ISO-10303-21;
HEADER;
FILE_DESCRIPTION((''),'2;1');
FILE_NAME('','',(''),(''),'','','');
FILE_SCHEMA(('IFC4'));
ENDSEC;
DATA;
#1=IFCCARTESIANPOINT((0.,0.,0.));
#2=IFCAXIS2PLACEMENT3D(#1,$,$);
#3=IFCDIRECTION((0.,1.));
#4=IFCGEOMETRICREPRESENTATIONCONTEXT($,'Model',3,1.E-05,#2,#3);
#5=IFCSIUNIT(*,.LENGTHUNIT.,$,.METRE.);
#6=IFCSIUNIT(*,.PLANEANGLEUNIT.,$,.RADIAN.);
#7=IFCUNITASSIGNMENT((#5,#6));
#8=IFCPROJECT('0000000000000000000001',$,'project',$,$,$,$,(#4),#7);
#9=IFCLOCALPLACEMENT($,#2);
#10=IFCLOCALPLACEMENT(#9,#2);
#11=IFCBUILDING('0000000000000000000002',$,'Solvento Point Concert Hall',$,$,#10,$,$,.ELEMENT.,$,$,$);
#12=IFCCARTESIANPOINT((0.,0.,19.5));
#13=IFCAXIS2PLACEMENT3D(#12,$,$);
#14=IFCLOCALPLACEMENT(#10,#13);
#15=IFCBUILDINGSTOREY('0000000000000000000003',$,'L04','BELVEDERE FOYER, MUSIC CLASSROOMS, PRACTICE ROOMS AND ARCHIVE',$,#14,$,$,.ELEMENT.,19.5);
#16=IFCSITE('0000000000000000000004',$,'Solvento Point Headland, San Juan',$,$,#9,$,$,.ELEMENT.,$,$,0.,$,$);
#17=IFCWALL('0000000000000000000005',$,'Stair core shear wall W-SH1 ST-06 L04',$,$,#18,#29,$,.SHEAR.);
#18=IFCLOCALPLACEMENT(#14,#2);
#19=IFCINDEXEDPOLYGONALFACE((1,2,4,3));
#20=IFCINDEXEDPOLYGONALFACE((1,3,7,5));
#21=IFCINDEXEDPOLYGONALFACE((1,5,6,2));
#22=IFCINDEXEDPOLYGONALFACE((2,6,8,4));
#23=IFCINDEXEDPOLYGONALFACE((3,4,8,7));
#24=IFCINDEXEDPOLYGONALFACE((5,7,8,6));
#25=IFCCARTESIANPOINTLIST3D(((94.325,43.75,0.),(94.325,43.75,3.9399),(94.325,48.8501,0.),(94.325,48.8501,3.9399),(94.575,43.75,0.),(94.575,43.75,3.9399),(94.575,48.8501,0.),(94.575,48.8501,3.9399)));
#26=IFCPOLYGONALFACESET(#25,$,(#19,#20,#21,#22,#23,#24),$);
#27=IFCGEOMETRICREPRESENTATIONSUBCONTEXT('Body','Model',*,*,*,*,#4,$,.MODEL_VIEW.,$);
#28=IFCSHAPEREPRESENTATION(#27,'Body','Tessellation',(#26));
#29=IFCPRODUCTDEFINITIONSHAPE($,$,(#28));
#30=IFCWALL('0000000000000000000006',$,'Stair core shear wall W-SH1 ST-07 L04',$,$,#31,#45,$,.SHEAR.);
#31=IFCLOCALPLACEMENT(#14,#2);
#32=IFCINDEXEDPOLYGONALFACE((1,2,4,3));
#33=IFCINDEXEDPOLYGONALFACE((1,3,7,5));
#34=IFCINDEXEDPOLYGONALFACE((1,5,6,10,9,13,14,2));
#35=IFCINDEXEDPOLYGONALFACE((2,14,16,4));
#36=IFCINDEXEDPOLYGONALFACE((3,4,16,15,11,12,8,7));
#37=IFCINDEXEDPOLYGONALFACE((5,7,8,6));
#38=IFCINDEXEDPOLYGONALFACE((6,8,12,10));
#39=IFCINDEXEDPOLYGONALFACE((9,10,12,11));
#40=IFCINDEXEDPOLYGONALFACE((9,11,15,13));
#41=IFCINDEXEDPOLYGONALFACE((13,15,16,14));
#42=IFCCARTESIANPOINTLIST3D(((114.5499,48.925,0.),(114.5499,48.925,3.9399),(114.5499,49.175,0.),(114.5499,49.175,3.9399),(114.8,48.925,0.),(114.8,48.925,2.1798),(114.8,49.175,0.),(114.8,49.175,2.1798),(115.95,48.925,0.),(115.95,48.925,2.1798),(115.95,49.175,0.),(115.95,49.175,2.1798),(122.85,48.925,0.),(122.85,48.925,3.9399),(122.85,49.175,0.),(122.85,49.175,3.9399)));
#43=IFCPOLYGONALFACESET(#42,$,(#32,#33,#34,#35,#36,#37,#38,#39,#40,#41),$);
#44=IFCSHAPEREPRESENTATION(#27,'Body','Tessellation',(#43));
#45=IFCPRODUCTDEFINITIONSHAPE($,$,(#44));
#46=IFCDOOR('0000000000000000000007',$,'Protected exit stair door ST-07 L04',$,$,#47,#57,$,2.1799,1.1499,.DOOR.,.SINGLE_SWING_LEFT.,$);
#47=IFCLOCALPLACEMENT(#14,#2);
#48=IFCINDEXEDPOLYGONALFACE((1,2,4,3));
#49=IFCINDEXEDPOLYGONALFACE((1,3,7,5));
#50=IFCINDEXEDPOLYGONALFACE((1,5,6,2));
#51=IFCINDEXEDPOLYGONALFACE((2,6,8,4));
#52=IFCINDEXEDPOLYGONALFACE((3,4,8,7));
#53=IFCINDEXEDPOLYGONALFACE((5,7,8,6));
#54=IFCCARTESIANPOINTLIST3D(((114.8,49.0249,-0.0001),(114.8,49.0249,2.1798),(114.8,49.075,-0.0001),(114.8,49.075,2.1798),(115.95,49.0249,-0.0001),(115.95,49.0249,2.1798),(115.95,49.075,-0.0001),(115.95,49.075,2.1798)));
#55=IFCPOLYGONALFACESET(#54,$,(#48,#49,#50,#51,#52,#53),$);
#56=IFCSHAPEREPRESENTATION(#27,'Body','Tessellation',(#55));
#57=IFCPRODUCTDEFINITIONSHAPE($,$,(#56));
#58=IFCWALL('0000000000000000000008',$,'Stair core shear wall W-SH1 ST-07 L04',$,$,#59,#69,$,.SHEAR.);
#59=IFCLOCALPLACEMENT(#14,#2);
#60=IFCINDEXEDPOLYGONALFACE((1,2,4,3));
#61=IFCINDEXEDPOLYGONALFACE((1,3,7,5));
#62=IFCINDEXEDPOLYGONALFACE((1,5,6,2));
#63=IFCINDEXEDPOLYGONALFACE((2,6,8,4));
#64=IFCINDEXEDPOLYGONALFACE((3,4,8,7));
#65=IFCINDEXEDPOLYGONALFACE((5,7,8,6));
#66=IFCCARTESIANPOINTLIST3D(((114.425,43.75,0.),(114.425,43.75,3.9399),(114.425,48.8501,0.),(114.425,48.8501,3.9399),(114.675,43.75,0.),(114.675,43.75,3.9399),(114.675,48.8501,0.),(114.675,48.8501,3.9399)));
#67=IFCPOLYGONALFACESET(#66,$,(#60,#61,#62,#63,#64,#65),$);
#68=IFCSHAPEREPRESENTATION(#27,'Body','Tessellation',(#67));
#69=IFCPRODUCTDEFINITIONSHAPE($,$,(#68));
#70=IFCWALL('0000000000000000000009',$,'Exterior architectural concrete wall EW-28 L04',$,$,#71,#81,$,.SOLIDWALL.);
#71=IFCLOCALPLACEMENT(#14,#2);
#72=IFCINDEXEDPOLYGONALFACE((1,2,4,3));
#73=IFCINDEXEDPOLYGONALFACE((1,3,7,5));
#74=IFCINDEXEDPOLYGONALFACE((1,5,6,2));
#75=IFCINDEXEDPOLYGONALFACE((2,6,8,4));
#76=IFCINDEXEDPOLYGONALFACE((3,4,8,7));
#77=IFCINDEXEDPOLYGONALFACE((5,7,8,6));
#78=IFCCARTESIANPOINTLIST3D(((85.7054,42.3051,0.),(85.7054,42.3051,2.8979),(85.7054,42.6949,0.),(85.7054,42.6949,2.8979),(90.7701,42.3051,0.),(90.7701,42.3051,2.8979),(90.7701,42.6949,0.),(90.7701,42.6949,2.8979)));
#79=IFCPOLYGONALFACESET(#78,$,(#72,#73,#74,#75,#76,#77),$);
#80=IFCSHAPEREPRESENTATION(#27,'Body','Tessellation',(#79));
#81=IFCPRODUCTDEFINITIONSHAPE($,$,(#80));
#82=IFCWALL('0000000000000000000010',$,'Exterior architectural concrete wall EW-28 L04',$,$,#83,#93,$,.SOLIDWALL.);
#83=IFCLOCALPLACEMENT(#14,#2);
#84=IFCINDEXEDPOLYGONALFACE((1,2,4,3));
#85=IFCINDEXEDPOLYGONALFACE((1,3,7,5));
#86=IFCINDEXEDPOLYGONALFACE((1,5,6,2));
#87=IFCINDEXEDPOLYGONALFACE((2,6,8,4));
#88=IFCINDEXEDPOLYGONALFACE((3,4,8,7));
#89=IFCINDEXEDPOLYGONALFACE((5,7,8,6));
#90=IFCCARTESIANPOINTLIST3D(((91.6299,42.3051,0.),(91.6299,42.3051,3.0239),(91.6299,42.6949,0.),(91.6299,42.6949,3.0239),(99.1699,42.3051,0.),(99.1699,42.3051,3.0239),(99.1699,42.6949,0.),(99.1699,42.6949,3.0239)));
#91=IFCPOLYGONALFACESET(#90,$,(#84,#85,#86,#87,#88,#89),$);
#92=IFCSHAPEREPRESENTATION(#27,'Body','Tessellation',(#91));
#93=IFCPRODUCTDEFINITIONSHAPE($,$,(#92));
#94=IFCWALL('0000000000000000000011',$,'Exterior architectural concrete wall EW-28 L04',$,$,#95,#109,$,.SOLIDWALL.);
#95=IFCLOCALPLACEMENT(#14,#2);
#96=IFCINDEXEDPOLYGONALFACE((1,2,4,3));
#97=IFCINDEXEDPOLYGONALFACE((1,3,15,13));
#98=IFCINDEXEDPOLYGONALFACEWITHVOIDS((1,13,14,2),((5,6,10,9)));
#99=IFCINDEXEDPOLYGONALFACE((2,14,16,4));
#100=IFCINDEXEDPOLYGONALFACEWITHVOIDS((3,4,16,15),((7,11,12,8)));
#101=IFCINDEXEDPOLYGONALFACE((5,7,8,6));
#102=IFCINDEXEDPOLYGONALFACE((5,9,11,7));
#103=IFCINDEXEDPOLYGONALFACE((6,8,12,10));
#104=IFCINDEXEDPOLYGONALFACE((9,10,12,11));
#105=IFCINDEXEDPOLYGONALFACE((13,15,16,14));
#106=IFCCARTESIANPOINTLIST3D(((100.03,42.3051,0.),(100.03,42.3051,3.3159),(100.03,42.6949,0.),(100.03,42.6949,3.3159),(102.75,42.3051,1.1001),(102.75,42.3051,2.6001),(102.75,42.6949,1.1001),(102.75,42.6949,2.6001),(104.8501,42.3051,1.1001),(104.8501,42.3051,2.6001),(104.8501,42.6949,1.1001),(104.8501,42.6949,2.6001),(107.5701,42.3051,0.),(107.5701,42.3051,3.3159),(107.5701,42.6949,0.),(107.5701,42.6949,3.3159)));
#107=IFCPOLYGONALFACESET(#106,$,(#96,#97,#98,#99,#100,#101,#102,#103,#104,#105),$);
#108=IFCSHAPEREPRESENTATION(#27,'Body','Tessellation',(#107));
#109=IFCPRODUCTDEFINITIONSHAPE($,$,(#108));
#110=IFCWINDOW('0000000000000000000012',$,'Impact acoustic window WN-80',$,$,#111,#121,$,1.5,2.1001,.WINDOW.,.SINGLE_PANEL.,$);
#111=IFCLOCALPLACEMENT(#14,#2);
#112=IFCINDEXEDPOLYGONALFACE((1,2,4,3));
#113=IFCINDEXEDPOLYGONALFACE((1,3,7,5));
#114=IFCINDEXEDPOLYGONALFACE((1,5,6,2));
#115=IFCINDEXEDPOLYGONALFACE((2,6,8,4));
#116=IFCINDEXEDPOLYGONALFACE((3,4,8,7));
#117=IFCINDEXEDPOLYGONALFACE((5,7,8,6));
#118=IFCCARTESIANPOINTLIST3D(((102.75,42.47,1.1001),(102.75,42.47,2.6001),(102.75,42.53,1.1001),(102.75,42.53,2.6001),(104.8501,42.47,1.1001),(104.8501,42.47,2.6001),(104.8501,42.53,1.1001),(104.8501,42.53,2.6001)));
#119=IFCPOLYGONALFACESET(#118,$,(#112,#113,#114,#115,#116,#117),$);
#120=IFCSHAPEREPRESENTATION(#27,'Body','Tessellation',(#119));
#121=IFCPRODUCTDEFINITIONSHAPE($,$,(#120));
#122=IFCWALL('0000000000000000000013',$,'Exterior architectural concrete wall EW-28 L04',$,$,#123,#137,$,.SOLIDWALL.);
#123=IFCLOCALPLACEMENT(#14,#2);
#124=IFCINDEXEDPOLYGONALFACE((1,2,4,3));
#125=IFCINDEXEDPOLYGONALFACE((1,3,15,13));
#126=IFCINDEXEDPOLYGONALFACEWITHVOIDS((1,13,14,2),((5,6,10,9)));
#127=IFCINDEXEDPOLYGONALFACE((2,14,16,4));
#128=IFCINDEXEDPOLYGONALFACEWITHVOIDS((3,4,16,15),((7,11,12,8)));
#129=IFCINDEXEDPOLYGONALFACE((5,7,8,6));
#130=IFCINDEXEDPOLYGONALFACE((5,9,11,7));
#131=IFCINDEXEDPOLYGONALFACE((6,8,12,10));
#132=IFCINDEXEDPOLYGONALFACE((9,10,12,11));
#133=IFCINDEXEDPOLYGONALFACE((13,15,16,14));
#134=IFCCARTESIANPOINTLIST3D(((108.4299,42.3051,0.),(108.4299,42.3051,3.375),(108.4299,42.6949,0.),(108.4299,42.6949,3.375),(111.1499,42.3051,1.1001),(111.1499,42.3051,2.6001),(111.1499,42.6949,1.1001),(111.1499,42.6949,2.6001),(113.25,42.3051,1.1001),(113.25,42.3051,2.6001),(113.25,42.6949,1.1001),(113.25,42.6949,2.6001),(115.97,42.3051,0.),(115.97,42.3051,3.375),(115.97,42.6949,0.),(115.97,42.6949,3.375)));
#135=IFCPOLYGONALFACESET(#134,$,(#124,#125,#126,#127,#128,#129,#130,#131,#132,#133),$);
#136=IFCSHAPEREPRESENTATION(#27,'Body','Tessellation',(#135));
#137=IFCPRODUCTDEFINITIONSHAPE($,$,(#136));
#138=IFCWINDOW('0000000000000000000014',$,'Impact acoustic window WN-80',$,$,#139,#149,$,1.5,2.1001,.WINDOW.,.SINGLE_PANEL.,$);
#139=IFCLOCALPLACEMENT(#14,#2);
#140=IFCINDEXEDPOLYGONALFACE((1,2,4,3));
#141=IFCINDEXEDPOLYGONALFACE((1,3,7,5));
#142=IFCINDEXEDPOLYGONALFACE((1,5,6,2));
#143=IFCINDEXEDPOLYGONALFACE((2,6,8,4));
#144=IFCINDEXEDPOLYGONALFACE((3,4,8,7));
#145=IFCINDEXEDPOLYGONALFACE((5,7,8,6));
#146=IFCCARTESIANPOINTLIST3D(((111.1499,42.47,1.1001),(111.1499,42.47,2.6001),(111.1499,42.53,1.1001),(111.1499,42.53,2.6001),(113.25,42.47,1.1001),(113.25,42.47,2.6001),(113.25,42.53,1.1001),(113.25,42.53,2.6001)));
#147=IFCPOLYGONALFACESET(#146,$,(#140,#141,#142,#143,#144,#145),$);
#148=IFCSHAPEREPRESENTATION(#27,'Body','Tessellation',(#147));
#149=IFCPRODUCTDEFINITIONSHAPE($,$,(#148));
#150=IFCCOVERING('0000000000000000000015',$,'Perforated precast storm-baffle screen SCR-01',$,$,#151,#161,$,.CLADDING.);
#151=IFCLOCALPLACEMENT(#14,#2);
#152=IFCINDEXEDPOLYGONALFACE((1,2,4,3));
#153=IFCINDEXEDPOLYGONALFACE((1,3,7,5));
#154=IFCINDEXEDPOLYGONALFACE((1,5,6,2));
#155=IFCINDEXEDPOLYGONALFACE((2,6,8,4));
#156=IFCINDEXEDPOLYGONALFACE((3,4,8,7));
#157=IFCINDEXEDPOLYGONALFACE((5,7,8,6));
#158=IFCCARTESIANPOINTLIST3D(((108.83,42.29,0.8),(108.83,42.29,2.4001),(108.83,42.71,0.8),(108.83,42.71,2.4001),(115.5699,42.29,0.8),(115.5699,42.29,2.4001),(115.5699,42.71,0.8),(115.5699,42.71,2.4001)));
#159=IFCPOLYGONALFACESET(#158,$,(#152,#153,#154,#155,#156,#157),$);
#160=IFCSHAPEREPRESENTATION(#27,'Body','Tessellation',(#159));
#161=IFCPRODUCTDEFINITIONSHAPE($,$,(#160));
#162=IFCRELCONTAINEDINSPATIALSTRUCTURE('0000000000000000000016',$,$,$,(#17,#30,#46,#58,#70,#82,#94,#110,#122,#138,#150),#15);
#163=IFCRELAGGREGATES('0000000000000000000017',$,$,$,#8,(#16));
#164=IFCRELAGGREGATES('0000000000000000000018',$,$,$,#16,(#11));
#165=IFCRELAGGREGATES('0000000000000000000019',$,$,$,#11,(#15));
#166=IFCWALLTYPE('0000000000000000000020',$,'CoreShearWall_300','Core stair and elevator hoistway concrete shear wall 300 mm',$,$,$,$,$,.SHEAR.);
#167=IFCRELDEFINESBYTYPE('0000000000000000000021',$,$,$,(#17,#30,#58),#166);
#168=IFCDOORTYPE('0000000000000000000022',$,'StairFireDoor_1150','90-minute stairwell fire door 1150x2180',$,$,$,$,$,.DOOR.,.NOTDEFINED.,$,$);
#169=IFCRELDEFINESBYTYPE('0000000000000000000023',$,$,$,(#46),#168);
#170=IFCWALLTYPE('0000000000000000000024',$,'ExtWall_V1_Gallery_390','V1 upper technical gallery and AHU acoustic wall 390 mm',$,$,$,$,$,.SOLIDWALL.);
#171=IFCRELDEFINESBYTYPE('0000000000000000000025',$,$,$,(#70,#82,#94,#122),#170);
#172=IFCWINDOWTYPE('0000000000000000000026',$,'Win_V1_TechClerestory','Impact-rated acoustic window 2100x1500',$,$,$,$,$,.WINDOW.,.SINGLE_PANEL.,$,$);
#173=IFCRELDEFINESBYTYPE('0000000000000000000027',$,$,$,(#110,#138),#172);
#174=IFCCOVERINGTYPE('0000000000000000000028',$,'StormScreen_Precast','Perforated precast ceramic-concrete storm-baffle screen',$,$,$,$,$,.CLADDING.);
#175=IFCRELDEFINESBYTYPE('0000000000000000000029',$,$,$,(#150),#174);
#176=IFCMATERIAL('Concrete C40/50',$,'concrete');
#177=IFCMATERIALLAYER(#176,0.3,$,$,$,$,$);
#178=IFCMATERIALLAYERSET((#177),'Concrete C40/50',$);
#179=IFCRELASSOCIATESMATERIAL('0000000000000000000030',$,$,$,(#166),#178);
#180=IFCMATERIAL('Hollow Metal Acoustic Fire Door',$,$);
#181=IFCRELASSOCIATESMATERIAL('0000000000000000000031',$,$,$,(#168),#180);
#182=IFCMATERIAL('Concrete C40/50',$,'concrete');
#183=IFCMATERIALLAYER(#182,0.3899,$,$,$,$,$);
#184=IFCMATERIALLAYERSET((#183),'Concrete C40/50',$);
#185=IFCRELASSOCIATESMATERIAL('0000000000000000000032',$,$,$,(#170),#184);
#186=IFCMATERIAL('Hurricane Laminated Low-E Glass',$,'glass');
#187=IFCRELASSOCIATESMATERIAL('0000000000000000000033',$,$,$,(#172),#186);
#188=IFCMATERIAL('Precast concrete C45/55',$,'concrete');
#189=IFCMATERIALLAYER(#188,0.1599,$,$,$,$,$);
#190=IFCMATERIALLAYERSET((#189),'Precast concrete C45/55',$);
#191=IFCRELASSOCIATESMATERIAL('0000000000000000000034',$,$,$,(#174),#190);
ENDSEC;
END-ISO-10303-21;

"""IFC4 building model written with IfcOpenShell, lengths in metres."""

from ifc_helpers import new_model, si_unit, direction, frame, frame_2d, origin, origin_2d, place, context, subcontext, project, spatial, rectangle, extrude, material, layer, layer_set, type_object, element, fill, save


model = new_model("IFC4")

# Units and contexts
model_context = context("Model", 3, precision=1e-05, world=origin(), true_north=direction((0.0, 1.0)))
body_context = subcontext(model_context, "Body", "Model", "MODEL_VIEW")
ifc_project = project(units=[si_unit("LENGTHUNIT", "METRE"), si_unit("PLANEANGLEUNIT", "RADIAN")], contexts=[model_context])

# Site, building, storey
site_placement = place(None, origin())
site = spatial("IfcSite", under=ifc_project, at=site_placement, Name="Solvento Point Headland, San Juan", CompositionType="ELEMENT", RefElevation=0.0)
building_placement = place(site_placement, origin())
building = spatial("IfcBuilding", under=site, at=building_placement, Name="Solvento Point Concert Hall", CompositionType="ELEMENT")
storey_placement = place(building_placement, frame((0.0, 0.0, 19.5)))
storey = spatial("IfcBuildingStorey", under=building, at=storey_placement, Name="L04", Description="BELVEDERE FOYER, MUSIC CLASSROOMS, PRACTICE ROOMS AND ARCHIVE", CompositionType="ELEMENT", Elevation=19.5)

# Wall
ifc_material_1 = material(Name="Concrete C40/50", Category="concrete")
ifc_layer_1 = layer(ifc_material_1, 0.3)
ifc_layer_set_1 = layer_set([ifc_layer_1], Name="Concrete C40/50")
wall_type_1 = type_object("IfcWallType", Name="CoreShearWall_300", Description="Core stair and elevator hoistway concrete shear wall 300 mm", PredefinedType="SHEAR", material=ifc_layer_set_1)
wall_1_placement = place(storey_placement, frame((94.45, 48.8501, 0.0), z_axis=(0.0, 0.0, 1.0), x_axis=(0.0, -1.0, 0.0)))
element("IfcWall", 1, at=wall_1_placement, inside=storey, type_object=wall_type_1, Name="Stair core shear wall W-SH1 ST-06 L04", PredefinedType="SHEAR", context=body_context, shape_type="SweptSolid", body=[
    extrude(rectangle(XDim=5.1001, YDim=0.25, at=frame_2d((2.55, 0.0))), origin(), (0.0, 0.0, 1.0), 3.9399),
])

# Wall, opening, door
wall_2_placement = place(storey_placement, frame((114.55, 49.05, 0.0), z_axis=(0.0, 0.0, 1.0), x_axis=(1.0, 0.0, 0.0)))
wall_2 = element("IfcWall", 2, at=wall_2_placement, inside=storey, type_object=wall_type_1, Name="Stair core shear wall W-SH1 ST-07 L04", PredefinedType="SHEAR", context=body_context, shape_type="SweptSolid", body=[
    extrude(rectangle(XDim=8.3, YDim=0.25, at=frame_2d((4.1499, 0.0))), origin(), (0.0, 0.0, 1.0), 3.9399),
])
opening_1_placement = place(wall_2_placement, frame((0.25, 0.0, 0.0)))
opening_1 = element("IfcOpeningElement", 3, at=opening_1_placement, cuts=wall_2, PredefinedType="OPENING", context=body_context, shape_type="SweptSolid", body=[
    extrude(rectangle(XDim=1.1499, YDim=2.1799, at=frame_2d((0.575, 1.0898))), frame((0.0, 0.135, 0.0), z_axis=(0.0, -1.0, 0.0), x_axis=(1.0, 0.0, 0.0)), (0.0, 0.0, 1.0), 0.27),
])
ifc_material_2 = material(Name="Hollow Metal Acoustic Fire Door")
door_type = type_object("IfcDoorType", Name="StairFireDoor_1150", Description="90-minute stairwell fire door 1150x2180", OperationType="NOTDEFINED", PredefinedType="DOOR", material=ifc_material_2)
door_placement = place(opening_1_placement, origin())
door = element("IfcDoor", 4, at=door_placement, inside=storey, type_object=door_type, Name="Protected exit stair door ST-07 L04", OperationType="SINGLE_SWING_LEFT", OverallHeight=2.1799, OverallWidth=1.1499, PredefinedType="DOOR", context=body_context, shape_type="SweptSolid", body=[
    extrude(rectangle(XDim=1.1499, YDim=2.1799, at=frame_2d((0.575, 1.0898))), frame((0.0, 0.0249, 0.0), z_axis=(0.0, -1.0, 0.0), x_axis=(1.0, 0.0, 0.0)), (0.0, 0.0, 1.0), 0.05),
])
fill(opening_1, door)

# Walls
wall_3_placement = place(storey_placement, frame((114.55, 43.75, 0.0), z_axis=(0.0, 0.0, 1.0), x_axis=(0.0, 1.0, 0.0)))
element("IfcWall", 5, at=wall_3_placement, inside=storey, type_object=wall_type_1, Name="Stair core shear wall W-SH1 ST-07 L04", PredefinedType="SHEAR", context=body_context, shape_type="SweptSolid", body=[
    extrude(rectangle(XDim=5.1001, YDim=0.25, at=frame_2d((2.55, 0.0))), origin(), (0.0, 0.0, 1.0), 3.9399),
])
ifc_material_3 = material(Name="Concrete C40/50", Category="concrete")
ifc_layer_2 = layer(ifc_material_3, 0.3899)
ifc_layer_set_2 = layer_set([ifc_layer_2], Name="Concrete C40/50")
wall_type_2 = type_object("IfcWallType", Name="ExtWall_V1_Gallery_390", Description="V1 upper technical gallery and AHU acoustic wall 390 mm", PredefinedType="SOLIDWALL", material=ifc_layer_set_2)
wall_4_placement = place(storey_placement, frame((90.77, 42.5, 0.0), z_axis=(0.0, 0.0, 1.0), x_axis=(-1.0, 0.0, 0.0)))
element("IfcWall", 6, at=wall_4_placement, inside=storey, type_object=wall_type_2, Name="Exterior architectural concrete wall EW-28 L04", PredefinedType="SOLIDWALL", context=body_context, shape_type="SweptSolid", body=[
    extrude(rectangle(XDim=5.0647, YDim=0.3899, at=frame_2d((2.5322, 0.0))), origin(), (0.0, 0.0, 1.0), 2.8979),
])
wall_5_placement = place(storey_placement, frame((99.1699, 42.5, 0.0), z_axis=(0.0, 0.0, 1.0), x_axis=(-1.0, 0.0, 0.0)))
element("IfcWall", 7, at=wall_5_placement, inside=storey, type_object=wall_type_2, Name="Exterior architectural concrete wall EW-28 L04", PredefinedType="SOLIDWALL", context=body_context, shape_type="SweptSolid", body=[
    extrude(rectangle(XDim=7.54, YDim=0.3899, at=frame_2d((3.77, 0.0))), origin(), (0.0, 0.0, 1.0), 3.0239),
])

# Walls, openings, windows
wall_6_placement = place(storey_placement, frame((107.5701, 42.5, 0.0), z_axis=(0.0, 0.0, 1.0), x_axis=(-1.0, 0.0, 0.0)))
wall_6 = element("IfcWall", 8, at=wall_6_placement, inside=storey, type_object=wall_type_2, Name="Exterior architectural concrete wall EW-28 L04", PredefinedType="SOLIDWALL", context=body_context, shape_type="SweptSolid", body=[
    extrude(rectangle(XDim=7.54, YDim=0.3899, at=frame_2d((3.77, 0.0))), origin(), (0.0, 0.0, 1.0), 3.3159),
])
opening_2_placement = place(wall_6_placement, frame((2.72, 0.0, 1.1001)))
opening_2 = element("IfcOpeningElement", 9, at=opening_2_placement, cuts=wall_6, PredefinedType="OPENING", context=body_context, shape_type="SweptSolid", body=[
    extrude(rectangle(XDim=2.1001, YDim=1.5, at=frame_2d((1.05, 0.75))), frame((0.0, 0.2048, 0.0), z_axis=(0.0, -1.0, 0.0), x_axis=(1.0, 0.0, 0.0)), (0.0, 0.0, 1.0), 0.4099),
])
ifc_material_4 = material(Name="Hurricane Laminated Low-E Glass", Category="glass")
window_type = type_object("IfcWindowType", Name="Win_V1_TechClerestory", Description="Impact-rated acoustic window 2100x1500", PartitioningType="SINGLE_PANEL", PredefinedType="WINDOW", material=ifc_material_4)
window_1_placement = place(opening_2_placement, origin())
window_1 = element("IfcWindow", 10, at=window_1_placement, inside=storey, type_object=window_type, Name="Impact acoustic window WN-80", OverallHeight=1.5, OverallWidth=2.1001, PartitioningType="SINGLE_PANEL", PredefinedType="WINDOW", context=body_context, shape_type="SweptSolid", body=[
    extrude(rectangle(XDim=2.1001, YDim=1.5, at=frame_2d((1.05, 0.75))), frame((0.0, 0.03, 0.0), z_axis=(0.0, -1.0, 0.0), x_axis=(1.0, 0.0, 0.0)), (0.0, 0.0, 1.0), 0.0601),
])
fill(opening_2, window_1)
wall_7_placement = place(storey_placement, frame((115.97, 42.5, 0.0), z_axis=(0.0, 0.0, 1.0), x_axis=(-1.0, 0.0, 0.0)))
wall_7 = element("IfcWall", 11, at=wall_7_placement, inside=storey, type_object=wall_type_2, Name="Exterior architectural concrete wall EW-28 L04", PredefinedType="SOLIDWALL", context=body_context, shape_type="SweptSolid", body=[
    extrude(rectangle(XDim=7.54, YDim=0.3899, at=frame_2d((3.77, 0.0))), origin(), (0.0, 0.0, 1.0), 3.375),
])
opening_3_placement = place(wall_7_placement, frame((2.72, 0.0, 1.1001)))
opening_3 = element("IfcOpeningElement", 12, at=opening_3_placement, cuts=wall_7, PredefinedType="OPENING", context=body_context, shape_type="SweptSolid", body=[
    extrude(rectangle(XDim=2.1001, YDim=1.5, at=frame_2d((1.05, 0.75))), frame((0.0, 0.2048, 0.0), z_axis=(0.0, -1.0, 0.0), x_axis=(1.0, 0.0, 0.0)), (0.0, 0.0, 1.0), 0.4099),
])
window_2_placement = place(opening_3_placement, origin())
window_2 = element("IfcWindow", 13, at=window_2_placement, inside=storey, type_object=window_type, Name="Impact acoustic window WN-80", OverallHeight=1.5, OverallWidth=2.1001, PartitioningType="SINGLE_PANEL", PredefinedType="WINDOW", context=body_context, shape_type="SweptSolid", body=[
    extrude(rectangle(XDim=2.1001, YDim=1.5, at=frame_2d((1.05, 0.75))), frame((0.0, 0.03, 0.0), z_axis=(0.0, -1.0, 0.0), x_axis=(1.0, 0.0, 0.0)), (0.0, 0.0, 1.0), 0.0601),
])
fill(opening_3, window_2)

# Covering
ifc_material_5 = material(Name="Precast concrete C45/55", Category="concrete")
ifc_layer_3 = layer(ifc_material_5, 0.1599)
ifc_layer_set_3 = layer_set([ifc_layer_3], Name="Precast concrete C45/55")
covering_type = type_object("IfcCoveringType", Name="StormScreen_Precast", Description="Perforated precast ceramic-concrete storm-baffle screen", PredefinedType="CLADDING", material=ifc_layer_set_3)
covering_placement = place(storey_placement, frame((112.2, 42.5, 0.8), z_axis=(0.0, 0.0, 1.0), x_axis=(-1.0, 0.0, 0.0)))
element("IfcCovering", 14, at=covering_placement, inside=storey, type_object=covering_type, Name="Perforated precast storm-baffle screen SCR-01", PredefinedType="CLADDING", context=body_context, shape_type="SweptSolid", body=[
    extrude(rectangle(XDim=6.74, YDim=0.4199, at=origin_2d()), origin(), (0.0, 0.0, 1.0), 1.6001),
])

save(model, "model.ifc")
